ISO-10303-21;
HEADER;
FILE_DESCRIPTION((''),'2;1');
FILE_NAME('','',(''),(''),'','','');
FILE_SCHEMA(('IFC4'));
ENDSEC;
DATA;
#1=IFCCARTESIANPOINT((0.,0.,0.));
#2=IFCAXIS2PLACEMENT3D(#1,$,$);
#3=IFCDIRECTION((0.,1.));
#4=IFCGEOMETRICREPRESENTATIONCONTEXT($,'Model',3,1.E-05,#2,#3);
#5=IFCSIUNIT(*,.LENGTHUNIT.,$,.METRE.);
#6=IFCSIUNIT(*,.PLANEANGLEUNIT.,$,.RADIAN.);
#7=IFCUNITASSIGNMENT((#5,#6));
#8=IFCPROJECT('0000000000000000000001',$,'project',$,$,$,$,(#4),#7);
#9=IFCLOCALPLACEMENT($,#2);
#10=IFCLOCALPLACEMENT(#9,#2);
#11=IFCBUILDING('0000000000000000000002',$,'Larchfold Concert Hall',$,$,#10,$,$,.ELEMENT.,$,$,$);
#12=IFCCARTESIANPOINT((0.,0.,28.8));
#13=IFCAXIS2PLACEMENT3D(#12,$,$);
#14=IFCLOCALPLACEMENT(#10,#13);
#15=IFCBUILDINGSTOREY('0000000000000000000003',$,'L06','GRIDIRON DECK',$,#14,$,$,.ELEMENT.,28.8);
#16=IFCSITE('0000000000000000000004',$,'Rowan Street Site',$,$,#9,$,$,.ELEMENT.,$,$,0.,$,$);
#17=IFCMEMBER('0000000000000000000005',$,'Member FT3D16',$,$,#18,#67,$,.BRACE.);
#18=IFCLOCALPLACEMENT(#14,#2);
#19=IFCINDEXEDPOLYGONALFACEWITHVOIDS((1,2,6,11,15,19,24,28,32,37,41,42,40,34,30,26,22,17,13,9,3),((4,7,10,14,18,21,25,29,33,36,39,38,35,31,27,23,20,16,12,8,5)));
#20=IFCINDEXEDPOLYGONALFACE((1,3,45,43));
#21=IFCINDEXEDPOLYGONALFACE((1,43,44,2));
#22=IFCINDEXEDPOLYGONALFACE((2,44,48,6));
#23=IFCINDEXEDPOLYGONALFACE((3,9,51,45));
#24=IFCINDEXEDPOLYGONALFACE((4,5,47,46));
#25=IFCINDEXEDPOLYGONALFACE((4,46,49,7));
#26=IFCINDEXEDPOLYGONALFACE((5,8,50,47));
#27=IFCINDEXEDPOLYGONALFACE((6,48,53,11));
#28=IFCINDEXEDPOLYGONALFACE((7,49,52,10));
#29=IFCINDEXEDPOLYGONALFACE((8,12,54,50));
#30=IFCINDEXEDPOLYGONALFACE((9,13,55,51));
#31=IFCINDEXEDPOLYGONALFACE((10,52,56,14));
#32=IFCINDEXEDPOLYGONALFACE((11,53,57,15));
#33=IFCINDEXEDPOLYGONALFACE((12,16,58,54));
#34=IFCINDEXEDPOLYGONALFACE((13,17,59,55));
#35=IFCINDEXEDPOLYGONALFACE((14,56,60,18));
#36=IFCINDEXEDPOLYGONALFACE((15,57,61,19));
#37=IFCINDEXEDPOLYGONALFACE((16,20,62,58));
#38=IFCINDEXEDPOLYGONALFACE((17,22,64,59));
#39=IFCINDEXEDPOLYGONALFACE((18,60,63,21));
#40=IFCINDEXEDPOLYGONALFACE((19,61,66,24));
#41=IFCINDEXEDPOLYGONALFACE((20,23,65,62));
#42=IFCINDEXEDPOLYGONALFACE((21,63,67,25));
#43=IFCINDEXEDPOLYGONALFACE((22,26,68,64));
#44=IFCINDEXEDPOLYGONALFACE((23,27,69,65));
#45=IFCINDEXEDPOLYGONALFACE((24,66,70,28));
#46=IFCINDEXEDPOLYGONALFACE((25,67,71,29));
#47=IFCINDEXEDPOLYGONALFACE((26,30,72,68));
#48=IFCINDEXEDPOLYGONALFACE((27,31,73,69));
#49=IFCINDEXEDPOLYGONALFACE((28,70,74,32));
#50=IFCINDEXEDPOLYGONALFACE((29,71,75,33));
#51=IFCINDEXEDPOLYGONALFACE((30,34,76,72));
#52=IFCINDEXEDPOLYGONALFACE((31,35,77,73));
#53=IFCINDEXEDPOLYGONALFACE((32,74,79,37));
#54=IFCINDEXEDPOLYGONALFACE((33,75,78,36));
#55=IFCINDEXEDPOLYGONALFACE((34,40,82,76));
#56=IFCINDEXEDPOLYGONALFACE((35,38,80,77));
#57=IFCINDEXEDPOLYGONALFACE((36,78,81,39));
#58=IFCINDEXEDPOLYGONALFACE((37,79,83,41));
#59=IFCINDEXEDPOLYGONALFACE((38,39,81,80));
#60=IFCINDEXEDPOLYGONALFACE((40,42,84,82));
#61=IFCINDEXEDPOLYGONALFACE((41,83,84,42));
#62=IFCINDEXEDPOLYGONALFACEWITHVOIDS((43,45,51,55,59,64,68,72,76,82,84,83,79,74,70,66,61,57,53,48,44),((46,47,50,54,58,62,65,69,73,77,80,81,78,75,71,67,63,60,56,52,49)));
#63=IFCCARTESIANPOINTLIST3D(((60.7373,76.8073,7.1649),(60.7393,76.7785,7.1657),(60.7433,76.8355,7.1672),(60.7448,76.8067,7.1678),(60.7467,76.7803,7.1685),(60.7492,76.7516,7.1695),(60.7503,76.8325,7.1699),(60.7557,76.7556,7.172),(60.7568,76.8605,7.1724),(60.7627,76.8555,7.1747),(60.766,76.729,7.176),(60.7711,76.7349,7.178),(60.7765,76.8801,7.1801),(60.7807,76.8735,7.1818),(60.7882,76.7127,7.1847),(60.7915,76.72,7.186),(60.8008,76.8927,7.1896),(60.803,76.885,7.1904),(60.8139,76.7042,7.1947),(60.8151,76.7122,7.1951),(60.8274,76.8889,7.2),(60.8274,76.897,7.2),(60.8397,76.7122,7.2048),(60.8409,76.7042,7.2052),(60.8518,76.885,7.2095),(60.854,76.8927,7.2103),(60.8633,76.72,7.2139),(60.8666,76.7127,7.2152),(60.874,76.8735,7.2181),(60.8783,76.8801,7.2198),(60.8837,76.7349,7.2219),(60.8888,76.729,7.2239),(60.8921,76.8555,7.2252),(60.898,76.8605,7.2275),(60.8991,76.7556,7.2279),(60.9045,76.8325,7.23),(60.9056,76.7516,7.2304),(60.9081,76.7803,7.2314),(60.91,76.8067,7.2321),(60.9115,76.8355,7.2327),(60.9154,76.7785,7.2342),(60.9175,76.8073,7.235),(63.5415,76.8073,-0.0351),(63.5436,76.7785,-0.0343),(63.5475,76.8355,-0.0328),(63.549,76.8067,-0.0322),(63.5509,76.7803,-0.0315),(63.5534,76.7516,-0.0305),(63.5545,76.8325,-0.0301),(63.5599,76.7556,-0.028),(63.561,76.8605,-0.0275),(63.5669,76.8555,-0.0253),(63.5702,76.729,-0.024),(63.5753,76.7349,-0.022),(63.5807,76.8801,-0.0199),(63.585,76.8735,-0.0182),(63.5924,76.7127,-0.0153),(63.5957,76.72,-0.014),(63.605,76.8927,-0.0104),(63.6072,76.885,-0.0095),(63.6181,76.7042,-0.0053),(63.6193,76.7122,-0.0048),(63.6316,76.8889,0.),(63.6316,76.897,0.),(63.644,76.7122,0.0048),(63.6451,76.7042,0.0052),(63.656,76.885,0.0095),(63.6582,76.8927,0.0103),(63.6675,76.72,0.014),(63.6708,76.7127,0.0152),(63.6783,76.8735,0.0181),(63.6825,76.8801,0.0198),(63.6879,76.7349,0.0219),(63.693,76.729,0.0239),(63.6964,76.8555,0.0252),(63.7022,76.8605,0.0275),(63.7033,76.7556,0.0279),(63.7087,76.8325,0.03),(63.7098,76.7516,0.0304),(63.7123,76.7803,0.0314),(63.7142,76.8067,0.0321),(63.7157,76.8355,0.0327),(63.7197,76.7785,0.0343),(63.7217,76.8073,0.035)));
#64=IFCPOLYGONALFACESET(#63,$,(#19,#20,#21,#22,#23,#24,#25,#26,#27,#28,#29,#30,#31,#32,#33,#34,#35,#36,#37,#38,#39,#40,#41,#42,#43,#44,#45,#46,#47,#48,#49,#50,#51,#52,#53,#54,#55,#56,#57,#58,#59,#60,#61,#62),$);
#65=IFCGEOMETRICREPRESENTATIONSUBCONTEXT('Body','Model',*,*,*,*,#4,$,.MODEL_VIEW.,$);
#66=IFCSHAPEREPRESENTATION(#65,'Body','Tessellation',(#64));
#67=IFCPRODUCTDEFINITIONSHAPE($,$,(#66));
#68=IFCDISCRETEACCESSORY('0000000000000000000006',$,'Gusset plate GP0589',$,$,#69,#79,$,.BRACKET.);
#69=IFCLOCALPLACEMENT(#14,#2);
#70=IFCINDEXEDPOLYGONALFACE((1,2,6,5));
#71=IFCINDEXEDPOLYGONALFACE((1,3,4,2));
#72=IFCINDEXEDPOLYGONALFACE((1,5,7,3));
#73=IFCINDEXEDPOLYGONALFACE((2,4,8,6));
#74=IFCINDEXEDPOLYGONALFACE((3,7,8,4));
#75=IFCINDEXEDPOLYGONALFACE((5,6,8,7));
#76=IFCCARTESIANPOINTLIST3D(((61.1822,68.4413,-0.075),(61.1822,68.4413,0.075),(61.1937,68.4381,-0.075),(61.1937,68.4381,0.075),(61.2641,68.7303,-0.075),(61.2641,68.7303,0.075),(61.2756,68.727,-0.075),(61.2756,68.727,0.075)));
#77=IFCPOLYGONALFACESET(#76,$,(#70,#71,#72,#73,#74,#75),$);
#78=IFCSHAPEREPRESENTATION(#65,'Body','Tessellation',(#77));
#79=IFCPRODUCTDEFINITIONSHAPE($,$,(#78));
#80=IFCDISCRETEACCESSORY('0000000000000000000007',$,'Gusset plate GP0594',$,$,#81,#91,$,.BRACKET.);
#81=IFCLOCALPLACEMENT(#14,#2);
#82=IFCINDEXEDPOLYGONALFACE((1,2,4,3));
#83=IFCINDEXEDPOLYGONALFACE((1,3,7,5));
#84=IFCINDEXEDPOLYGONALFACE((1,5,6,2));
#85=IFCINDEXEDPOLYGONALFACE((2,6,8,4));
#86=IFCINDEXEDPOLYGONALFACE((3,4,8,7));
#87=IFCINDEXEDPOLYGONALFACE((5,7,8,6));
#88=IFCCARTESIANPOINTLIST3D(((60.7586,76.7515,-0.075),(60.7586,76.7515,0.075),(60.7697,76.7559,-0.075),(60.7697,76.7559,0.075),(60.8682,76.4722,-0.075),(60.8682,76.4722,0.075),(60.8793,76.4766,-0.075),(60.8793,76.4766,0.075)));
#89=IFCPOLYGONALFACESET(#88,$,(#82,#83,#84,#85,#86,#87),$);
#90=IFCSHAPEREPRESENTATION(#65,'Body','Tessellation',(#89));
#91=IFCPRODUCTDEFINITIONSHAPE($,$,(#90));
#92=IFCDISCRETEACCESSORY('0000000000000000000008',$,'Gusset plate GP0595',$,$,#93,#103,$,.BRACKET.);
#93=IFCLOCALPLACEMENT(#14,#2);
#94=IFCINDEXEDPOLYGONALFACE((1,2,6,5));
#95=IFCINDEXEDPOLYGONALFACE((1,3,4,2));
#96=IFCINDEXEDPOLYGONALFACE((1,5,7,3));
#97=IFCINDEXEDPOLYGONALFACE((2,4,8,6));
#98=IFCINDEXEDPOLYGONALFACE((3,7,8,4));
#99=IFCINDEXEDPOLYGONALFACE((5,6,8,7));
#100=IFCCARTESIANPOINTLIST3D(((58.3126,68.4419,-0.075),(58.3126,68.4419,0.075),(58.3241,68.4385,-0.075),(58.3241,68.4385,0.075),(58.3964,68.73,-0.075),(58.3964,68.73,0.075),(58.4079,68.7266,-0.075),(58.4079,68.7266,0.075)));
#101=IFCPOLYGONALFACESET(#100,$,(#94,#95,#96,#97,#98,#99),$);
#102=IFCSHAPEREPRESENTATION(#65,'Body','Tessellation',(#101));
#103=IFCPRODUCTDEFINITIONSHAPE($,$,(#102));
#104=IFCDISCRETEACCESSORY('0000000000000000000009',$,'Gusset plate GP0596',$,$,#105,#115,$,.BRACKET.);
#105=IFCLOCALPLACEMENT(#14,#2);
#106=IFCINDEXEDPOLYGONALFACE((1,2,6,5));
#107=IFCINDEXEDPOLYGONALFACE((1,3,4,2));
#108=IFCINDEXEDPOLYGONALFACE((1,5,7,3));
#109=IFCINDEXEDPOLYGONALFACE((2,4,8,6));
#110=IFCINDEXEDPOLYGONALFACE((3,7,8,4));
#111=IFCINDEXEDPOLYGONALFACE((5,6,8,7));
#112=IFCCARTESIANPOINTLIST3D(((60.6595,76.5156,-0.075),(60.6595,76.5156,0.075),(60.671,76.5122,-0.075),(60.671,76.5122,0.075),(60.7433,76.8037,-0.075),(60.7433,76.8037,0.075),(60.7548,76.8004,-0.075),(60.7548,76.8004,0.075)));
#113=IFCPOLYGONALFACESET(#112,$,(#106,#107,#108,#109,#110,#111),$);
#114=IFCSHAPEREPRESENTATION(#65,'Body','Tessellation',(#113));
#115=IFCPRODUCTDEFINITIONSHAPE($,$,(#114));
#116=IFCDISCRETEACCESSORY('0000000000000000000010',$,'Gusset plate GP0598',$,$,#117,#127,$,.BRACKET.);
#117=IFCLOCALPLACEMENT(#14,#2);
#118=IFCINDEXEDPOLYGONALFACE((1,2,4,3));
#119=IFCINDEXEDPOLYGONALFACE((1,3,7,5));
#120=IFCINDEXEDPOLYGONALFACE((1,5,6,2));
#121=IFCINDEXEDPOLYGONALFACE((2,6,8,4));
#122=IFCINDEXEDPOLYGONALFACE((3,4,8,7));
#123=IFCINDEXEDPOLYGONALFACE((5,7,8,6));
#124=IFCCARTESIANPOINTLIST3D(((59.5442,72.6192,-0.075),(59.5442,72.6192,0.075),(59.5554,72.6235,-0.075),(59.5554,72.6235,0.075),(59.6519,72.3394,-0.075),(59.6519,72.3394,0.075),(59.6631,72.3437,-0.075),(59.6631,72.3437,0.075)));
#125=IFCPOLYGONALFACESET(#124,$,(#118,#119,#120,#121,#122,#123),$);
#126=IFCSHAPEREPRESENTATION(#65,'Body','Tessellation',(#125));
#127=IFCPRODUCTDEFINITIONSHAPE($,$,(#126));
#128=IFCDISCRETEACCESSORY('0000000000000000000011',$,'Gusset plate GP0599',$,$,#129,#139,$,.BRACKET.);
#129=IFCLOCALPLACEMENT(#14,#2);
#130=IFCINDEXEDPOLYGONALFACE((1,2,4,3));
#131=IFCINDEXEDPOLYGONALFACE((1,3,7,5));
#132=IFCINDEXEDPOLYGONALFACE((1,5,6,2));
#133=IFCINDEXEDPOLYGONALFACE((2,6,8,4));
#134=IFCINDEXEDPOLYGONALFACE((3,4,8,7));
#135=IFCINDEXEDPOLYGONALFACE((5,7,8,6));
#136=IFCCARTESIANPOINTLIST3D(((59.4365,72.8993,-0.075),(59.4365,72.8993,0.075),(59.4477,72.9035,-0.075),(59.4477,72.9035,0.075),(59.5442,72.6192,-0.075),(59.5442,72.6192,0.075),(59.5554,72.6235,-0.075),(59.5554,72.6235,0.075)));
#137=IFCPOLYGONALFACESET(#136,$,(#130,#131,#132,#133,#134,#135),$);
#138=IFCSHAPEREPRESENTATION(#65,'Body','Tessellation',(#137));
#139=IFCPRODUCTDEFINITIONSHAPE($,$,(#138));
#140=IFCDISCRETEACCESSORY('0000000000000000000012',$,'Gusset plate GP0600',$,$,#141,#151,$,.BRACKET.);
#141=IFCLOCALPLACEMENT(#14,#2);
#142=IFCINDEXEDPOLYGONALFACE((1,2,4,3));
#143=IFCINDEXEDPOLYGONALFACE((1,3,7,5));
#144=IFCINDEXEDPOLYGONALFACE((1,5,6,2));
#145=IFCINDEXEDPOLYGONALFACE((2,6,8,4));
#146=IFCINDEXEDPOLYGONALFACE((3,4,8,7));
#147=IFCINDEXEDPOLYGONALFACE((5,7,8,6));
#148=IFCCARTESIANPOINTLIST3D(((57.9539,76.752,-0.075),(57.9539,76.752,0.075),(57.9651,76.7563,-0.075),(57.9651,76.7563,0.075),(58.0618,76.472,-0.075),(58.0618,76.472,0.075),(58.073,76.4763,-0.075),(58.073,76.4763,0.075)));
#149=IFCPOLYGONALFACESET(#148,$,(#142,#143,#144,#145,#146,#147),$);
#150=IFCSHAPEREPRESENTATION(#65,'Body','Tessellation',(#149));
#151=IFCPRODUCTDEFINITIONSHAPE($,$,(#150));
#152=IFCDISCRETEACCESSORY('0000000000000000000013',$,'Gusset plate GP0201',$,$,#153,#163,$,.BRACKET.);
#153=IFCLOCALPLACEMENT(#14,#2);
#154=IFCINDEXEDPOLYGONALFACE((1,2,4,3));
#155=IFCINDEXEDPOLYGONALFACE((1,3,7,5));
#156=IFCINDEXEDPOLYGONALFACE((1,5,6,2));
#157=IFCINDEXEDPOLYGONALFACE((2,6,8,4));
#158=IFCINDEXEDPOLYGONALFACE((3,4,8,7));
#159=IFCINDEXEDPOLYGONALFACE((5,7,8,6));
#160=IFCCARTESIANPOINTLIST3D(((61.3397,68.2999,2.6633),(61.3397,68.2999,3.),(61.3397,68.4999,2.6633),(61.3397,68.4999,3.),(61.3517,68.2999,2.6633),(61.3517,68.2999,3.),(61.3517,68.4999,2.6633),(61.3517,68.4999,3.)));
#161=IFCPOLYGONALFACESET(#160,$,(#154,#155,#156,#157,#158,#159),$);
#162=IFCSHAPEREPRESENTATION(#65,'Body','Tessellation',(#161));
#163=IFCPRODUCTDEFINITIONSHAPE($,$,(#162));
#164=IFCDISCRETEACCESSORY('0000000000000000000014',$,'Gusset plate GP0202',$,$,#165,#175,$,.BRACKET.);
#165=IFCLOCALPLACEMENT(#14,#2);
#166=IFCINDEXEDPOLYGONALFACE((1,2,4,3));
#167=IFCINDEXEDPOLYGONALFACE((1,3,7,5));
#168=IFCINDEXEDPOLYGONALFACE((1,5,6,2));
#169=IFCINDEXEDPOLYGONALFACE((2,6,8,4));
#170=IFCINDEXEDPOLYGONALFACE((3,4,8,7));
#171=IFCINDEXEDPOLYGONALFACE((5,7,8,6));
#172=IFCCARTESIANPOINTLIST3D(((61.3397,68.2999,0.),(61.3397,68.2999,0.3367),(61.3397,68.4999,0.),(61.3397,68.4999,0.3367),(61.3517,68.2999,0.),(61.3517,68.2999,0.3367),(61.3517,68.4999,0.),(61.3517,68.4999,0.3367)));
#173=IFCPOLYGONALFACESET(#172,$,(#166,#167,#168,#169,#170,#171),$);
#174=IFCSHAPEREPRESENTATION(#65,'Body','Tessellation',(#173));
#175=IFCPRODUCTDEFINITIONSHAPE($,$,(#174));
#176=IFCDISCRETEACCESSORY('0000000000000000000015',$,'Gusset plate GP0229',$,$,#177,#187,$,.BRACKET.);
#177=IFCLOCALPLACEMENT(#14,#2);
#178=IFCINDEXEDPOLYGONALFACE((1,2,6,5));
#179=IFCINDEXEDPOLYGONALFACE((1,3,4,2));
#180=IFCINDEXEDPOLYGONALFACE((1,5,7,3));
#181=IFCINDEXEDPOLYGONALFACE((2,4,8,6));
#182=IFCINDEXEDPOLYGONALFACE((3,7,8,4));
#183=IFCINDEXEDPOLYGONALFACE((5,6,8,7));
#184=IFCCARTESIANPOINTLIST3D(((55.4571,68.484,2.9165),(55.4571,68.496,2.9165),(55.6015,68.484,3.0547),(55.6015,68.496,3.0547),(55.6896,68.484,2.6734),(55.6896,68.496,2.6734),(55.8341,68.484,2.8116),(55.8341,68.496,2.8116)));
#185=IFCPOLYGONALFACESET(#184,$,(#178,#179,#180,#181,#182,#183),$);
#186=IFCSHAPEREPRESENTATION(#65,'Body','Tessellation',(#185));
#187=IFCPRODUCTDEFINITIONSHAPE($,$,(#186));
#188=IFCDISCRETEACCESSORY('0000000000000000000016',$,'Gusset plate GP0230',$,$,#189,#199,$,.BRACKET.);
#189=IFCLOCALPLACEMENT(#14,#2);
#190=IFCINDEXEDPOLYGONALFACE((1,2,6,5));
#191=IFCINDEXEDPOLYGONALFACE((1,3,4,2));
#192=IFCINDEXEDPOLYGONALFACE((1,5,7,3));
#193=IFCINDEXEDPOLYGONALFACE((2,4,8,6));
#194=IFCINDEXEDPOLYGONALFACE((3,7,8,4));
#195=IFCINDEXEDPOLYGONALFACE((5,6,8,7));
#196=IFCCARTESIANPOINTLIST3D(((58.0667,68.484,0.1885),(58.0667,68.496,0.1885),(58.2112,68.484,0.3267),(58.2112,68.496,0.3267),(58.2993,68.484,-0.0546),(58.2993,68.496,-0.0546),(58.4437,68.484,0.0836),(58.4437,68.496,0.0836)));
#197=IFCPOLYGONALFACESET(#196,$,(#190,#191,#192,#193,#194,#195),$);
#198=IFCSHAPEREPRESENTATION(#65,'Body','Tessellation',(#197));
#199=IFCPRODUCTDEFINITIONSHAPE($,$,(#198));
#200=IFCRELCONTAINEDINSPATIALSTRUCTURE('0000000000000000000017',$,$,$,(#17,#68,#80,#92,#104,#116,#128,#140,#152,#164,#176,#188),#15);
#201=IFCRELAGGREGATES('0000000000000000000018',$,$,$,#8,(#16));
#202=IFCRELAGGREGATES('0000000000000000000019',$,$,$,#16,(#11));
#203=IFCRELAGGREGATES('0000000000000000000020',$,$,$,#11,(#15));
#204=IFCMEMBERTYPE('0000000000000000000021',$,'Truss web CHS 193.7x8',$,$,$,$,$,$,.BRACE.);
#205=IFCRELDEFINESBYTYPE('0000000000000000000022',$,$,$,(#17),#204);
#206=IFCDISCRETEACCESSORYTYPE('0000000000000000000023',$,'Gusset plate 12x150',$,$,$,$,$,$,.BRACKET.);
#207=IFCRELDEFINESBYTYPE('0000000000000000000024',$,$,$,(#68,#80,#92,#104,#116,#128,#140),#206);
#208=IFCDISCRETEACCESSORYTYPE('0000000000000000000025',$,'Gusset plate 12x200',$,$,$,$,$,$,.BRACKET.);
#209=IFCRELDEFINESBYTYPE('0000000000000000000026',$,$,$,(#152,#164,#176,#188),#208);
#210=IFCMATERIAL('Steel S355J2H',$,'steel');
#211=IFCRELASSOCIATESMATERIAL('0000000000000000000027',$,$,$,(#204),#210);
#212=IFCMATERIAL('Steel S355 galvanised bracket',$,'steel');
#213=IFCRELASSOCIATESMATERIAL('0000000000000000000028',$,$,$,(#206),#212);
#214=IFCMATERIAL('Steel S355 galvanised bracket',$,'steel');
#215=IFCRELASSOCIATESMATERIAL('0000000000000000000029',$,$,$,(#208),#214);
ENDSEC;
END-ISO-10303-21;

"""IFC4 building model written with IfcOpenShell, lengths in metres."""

from ifc_helpers import new_model, si_unit, direction, frame, origin, origin_2d, place, context, subcontext, project, spatial, rectangle, hollow_circle, extrude, material, material_profile, profile_set, type_object, element, save


model = new_model("IFC4")

# Units and contexts
model_context = context("Model", 3, precision=1e-05, world=origin(), true_north=direction((0.0, 1.0)))
body_context = subcontext(model_context, "Body", "Model", "MODEL_VIEW")
ifc_project = project(units=[si_unit("LENGTHUNIT", "METRE"), si_unit("PLANEANGLEUNIT", "RADIAN")], contexts=[model_context])

# Site, building, storey
site_placement = place(None, origin())
site = spatial("IfcSite", under=ifc_project, at=site_placement, Name="Rowan Street Site", CompositionType="ELEMENT", RefElevation=0.0)
building_placement = place(site_placement, origin())
building = spatial("IfcBuilding", under=site, at=building_placement, Name="Larchfold Concert Hall", CompositionType="ELEMENT")
storey_placement = place(building_placement, frame((0.0, 0.0, 28.8)))
storey = spatial("IfcBuildingStorey", under=building, at=storey_placement, Name="L06", Description="GRIDIRON DECK", CompositionType="ELEMENT", Elevation=28.8)

# Member
ifc_material_1 = material(Name="Steel S355J2H", Category="steel")
ifc_material_profile_1 = material_profile(ifc_material_1, hollow_circle(Radius=0.0969, WallThickness=0.0081, at=origin_2d()))
ifc_profile_set_1 = profile_set([ifc_material_profile_1], Name="Steel S355J2H")
member_type_1 = type_object("IfcMemberType", Name="Truss web CHS 193.7x8", PredefinedType="BRACE", material=ifc_profile_set_1)
for number, where, z_axis, x_axis, name in (
    (1, (60.8274, 76.8, 7.2), (0.36292, 0.0, -0.93182), (0.0, 1.0, 0.0), "Member FT3D16"),
):
    element("IfcMember", number, at=place(storey_placement, frame(where, z_axis=z_axis, x_axis=x_axis)), inside=storey, type_object=member_type_1, Name=name, PredefinedType="BRACE", context=body_context, shape_type="SweptSolid", body=[
        extrude(hollow_circle(Radius=0.0969, WallThickness=0.0081, at=origin_2d()), origin(), (0.0, 0.0, 1.0), 7.7268),
    ])

# Discrete accessories
ifc_material_2 = material(Name="Steel S355 galvanised bracket", Category="steel")
ifc_material_profile_2 = material_profile(ifc_material_2, rectangle(XDim=0.012, YDim=0.1499, at=origin_2d()))
ifc_profile_set_2 = profile_set([ifc_material_profile_2], Name="Steel S355 galvanised bracket")
discrete_accessory_type_1 = type_object("IfcDiscreteAccessoryType", Name="Gusset plate 12x150", PredefinedType="BRACKET", material=ifc_profile_set_2)
discrete_accessory_1_placement = place(storey_placement, frame((61.188, 68.4397, 0.0), z_axis=(0.272465, 0.962166, 0.0), x_axis=(-0.962166, 0.272465, 0.0)))
element("IfcDiscreteAccessory", 2, at=discrete_accessory_1_placement, inside=storey, type_object=discrete_accessory_type_1, Name="Gusset plate GP0589", PredefinedType="BRACKET", context=body_context, shape_type="SweptSolid", body=[
    extrude(rectangle(XDim=0.012, YDim=0.1499, at=origin_2d()), origin(), (0.0, 0.0, 1.0), 0.3003),
])
for number, where, z_axis, x_axis, name in (
    (3, (60.8738, 76.4744, 0.0), (-0.36535, 0.93087, 0.0), (-0.93087, -0.36535, 0.0), "Gusset plate GP0594"),
    (4, (58.3184, 68.4402, 0.0), (0.279125, 0.960255, 0.0), (-0.960255, 0.279125, 0.0), "Gusset plate GP0595"),
    (5, (60.6653, 76.5139, 0.0), (0.279125, 0.960255, 0.0), (-0.960255, 0.279125, 0.0), "Gusset plate GP0596"),
):
    element("IfcDiscreteAccessory", number, at=place(storey_placement, frame(where, z_axis=z_axis, x_axis=x_axis)), inside=storey, type_object=discrete_accessory_type_1, Name=name, PredefinedType="BRACKET", context=body_context, shape_type="SweptSolid", body=[
        extrude(rectangle(XDim=0.012, YDim=0.1499, at=origin_2d()), origin(), (0.0, 0.0, 1.0), 0.3),
    ])
discrete_accessory_2_placement = place(storey_placement, frame((59.6575, 72.3416, 0.0), z_axis=(-0.359143, 0.933283, 0.0), x_axis=(-0.933283, -0.359143, 0.0)))
element("IfcDiscreteAccessory", 6, at=discrete_accessory_2_placement, inside=storey, type_object=discrete_accessory_type_1, Name="Gusset plate GP0598", PredefinedType="BRACKET", context=body_context, shape_type="SweptSolid", body=[
    extrude(rectangle(XDim=0.012, YDim=0.1499, at=origin_2d()), origin(), (0.0, 0.0, 1.0), 0.2998),
])
for number, where, z_axis, x_axis, name in (
    (7, (59.5498, 72.6213, 0.0), (-0.35887, 0.933388, 0.0), (-0.933388, -0.35887, 0.0), "Gusset plate GP0599"),
    (8, (58.0674, 76.4741, 0.0), (-0.359579, 0.933115, 0.0), (-0.933115, -0.359579, 0.0), "Gusset plate GP0600"),
):
    element("IfcDiscreteAccessory", number, at=place(storey_placement, frame(where, z_axis=z_axis, x_axis=x_axis)), inside=storey, type_object=discrete_accessory_type_1, Name=name, PredefinedType="BRACKET", context=body_context, shape_type="SweptSolid", body=[
        extrude(rectangle(XDim=0.012, YDim=0.1499, at=origin_2d()), origin(), (0.0, 0.0, 1.0), 0.3),
    ])
ifc_material_3 = material(Name="Steel S355 galvanised bracket", Category="steel")
ifc_material_profile_3 = material_profile(ifc_material_3, rectangle(XDim=0.012, YDim=0.2, at=origin_2d()))
ifc_profile_set_3 = profile_set([ifc_material_profile_3], Name="Steel S355 galvanised bracket")
discrete_accessory_type_2 = type_object("IfcDiscreteAccessoryType", Name="Gusset plate 12x200", PredefinedType="BRACKET", material=ifc_profile_set_3)
for number, where, z_axis, x_axis, name in (
    (9, (61.3457, 68.3999, 3.0), (0.0, 0.0, -1.0), (1.0, 0.0, 0.0), "Gusset plate GP0201"),
    (10, (61.3457, 68.3999, 0.3367), (0.0, 0.0, -1.0), (1.0, 0.0, 0.0), "Gusset plate GP0202"),
):
    element("IfcDiscreteAccessory", number, at=place(storey_placement, frame(where, z_axis=z_axis, x_axis=x_axis)), inside=storey, type_object=discrete_accessory_type_2, Name=name, PredefinedType="BRACKET", context=body_context, shape_type="SweptSolid", body=[
        extrude(rectangle(XDim=0.012, YDim=0.2, at=origin_2d()), origin(), (0.0, 0.0, 1.0), 0.3367),
    ])
for number, where, z_axis, x_axis, name in (
    (11, (55.5293, 68.49, 2.9856), (0.691338, 0.0, -0.722532), (0.0, 1.0, 0.0), "Gusset plate GP0229"),
    (12, (58.1389, 68.49, 0.2576), (0.691338, 0.0, -0.722532), (0.0, 1.0, 0.0), "Gusset plate GP0230"),
):
    element("IfcDiscreteAccessory", number, at=place(storey_placement, frame(where, z_axis=z_axis, x_axis=x_axis)), inside=storey, type_object=discrete_accessory_type_2, Name=name, PredefinedType="BRACKET", context=body_context, shape_type="SweptSolid", body=[
        extrude(rectangle(XDim=0.012, YDim=0.2, at=origin_2d()), origin(), (0.0, 0.0, 1.0), 0.3364),
    ])

save(model, "model.ifc")
